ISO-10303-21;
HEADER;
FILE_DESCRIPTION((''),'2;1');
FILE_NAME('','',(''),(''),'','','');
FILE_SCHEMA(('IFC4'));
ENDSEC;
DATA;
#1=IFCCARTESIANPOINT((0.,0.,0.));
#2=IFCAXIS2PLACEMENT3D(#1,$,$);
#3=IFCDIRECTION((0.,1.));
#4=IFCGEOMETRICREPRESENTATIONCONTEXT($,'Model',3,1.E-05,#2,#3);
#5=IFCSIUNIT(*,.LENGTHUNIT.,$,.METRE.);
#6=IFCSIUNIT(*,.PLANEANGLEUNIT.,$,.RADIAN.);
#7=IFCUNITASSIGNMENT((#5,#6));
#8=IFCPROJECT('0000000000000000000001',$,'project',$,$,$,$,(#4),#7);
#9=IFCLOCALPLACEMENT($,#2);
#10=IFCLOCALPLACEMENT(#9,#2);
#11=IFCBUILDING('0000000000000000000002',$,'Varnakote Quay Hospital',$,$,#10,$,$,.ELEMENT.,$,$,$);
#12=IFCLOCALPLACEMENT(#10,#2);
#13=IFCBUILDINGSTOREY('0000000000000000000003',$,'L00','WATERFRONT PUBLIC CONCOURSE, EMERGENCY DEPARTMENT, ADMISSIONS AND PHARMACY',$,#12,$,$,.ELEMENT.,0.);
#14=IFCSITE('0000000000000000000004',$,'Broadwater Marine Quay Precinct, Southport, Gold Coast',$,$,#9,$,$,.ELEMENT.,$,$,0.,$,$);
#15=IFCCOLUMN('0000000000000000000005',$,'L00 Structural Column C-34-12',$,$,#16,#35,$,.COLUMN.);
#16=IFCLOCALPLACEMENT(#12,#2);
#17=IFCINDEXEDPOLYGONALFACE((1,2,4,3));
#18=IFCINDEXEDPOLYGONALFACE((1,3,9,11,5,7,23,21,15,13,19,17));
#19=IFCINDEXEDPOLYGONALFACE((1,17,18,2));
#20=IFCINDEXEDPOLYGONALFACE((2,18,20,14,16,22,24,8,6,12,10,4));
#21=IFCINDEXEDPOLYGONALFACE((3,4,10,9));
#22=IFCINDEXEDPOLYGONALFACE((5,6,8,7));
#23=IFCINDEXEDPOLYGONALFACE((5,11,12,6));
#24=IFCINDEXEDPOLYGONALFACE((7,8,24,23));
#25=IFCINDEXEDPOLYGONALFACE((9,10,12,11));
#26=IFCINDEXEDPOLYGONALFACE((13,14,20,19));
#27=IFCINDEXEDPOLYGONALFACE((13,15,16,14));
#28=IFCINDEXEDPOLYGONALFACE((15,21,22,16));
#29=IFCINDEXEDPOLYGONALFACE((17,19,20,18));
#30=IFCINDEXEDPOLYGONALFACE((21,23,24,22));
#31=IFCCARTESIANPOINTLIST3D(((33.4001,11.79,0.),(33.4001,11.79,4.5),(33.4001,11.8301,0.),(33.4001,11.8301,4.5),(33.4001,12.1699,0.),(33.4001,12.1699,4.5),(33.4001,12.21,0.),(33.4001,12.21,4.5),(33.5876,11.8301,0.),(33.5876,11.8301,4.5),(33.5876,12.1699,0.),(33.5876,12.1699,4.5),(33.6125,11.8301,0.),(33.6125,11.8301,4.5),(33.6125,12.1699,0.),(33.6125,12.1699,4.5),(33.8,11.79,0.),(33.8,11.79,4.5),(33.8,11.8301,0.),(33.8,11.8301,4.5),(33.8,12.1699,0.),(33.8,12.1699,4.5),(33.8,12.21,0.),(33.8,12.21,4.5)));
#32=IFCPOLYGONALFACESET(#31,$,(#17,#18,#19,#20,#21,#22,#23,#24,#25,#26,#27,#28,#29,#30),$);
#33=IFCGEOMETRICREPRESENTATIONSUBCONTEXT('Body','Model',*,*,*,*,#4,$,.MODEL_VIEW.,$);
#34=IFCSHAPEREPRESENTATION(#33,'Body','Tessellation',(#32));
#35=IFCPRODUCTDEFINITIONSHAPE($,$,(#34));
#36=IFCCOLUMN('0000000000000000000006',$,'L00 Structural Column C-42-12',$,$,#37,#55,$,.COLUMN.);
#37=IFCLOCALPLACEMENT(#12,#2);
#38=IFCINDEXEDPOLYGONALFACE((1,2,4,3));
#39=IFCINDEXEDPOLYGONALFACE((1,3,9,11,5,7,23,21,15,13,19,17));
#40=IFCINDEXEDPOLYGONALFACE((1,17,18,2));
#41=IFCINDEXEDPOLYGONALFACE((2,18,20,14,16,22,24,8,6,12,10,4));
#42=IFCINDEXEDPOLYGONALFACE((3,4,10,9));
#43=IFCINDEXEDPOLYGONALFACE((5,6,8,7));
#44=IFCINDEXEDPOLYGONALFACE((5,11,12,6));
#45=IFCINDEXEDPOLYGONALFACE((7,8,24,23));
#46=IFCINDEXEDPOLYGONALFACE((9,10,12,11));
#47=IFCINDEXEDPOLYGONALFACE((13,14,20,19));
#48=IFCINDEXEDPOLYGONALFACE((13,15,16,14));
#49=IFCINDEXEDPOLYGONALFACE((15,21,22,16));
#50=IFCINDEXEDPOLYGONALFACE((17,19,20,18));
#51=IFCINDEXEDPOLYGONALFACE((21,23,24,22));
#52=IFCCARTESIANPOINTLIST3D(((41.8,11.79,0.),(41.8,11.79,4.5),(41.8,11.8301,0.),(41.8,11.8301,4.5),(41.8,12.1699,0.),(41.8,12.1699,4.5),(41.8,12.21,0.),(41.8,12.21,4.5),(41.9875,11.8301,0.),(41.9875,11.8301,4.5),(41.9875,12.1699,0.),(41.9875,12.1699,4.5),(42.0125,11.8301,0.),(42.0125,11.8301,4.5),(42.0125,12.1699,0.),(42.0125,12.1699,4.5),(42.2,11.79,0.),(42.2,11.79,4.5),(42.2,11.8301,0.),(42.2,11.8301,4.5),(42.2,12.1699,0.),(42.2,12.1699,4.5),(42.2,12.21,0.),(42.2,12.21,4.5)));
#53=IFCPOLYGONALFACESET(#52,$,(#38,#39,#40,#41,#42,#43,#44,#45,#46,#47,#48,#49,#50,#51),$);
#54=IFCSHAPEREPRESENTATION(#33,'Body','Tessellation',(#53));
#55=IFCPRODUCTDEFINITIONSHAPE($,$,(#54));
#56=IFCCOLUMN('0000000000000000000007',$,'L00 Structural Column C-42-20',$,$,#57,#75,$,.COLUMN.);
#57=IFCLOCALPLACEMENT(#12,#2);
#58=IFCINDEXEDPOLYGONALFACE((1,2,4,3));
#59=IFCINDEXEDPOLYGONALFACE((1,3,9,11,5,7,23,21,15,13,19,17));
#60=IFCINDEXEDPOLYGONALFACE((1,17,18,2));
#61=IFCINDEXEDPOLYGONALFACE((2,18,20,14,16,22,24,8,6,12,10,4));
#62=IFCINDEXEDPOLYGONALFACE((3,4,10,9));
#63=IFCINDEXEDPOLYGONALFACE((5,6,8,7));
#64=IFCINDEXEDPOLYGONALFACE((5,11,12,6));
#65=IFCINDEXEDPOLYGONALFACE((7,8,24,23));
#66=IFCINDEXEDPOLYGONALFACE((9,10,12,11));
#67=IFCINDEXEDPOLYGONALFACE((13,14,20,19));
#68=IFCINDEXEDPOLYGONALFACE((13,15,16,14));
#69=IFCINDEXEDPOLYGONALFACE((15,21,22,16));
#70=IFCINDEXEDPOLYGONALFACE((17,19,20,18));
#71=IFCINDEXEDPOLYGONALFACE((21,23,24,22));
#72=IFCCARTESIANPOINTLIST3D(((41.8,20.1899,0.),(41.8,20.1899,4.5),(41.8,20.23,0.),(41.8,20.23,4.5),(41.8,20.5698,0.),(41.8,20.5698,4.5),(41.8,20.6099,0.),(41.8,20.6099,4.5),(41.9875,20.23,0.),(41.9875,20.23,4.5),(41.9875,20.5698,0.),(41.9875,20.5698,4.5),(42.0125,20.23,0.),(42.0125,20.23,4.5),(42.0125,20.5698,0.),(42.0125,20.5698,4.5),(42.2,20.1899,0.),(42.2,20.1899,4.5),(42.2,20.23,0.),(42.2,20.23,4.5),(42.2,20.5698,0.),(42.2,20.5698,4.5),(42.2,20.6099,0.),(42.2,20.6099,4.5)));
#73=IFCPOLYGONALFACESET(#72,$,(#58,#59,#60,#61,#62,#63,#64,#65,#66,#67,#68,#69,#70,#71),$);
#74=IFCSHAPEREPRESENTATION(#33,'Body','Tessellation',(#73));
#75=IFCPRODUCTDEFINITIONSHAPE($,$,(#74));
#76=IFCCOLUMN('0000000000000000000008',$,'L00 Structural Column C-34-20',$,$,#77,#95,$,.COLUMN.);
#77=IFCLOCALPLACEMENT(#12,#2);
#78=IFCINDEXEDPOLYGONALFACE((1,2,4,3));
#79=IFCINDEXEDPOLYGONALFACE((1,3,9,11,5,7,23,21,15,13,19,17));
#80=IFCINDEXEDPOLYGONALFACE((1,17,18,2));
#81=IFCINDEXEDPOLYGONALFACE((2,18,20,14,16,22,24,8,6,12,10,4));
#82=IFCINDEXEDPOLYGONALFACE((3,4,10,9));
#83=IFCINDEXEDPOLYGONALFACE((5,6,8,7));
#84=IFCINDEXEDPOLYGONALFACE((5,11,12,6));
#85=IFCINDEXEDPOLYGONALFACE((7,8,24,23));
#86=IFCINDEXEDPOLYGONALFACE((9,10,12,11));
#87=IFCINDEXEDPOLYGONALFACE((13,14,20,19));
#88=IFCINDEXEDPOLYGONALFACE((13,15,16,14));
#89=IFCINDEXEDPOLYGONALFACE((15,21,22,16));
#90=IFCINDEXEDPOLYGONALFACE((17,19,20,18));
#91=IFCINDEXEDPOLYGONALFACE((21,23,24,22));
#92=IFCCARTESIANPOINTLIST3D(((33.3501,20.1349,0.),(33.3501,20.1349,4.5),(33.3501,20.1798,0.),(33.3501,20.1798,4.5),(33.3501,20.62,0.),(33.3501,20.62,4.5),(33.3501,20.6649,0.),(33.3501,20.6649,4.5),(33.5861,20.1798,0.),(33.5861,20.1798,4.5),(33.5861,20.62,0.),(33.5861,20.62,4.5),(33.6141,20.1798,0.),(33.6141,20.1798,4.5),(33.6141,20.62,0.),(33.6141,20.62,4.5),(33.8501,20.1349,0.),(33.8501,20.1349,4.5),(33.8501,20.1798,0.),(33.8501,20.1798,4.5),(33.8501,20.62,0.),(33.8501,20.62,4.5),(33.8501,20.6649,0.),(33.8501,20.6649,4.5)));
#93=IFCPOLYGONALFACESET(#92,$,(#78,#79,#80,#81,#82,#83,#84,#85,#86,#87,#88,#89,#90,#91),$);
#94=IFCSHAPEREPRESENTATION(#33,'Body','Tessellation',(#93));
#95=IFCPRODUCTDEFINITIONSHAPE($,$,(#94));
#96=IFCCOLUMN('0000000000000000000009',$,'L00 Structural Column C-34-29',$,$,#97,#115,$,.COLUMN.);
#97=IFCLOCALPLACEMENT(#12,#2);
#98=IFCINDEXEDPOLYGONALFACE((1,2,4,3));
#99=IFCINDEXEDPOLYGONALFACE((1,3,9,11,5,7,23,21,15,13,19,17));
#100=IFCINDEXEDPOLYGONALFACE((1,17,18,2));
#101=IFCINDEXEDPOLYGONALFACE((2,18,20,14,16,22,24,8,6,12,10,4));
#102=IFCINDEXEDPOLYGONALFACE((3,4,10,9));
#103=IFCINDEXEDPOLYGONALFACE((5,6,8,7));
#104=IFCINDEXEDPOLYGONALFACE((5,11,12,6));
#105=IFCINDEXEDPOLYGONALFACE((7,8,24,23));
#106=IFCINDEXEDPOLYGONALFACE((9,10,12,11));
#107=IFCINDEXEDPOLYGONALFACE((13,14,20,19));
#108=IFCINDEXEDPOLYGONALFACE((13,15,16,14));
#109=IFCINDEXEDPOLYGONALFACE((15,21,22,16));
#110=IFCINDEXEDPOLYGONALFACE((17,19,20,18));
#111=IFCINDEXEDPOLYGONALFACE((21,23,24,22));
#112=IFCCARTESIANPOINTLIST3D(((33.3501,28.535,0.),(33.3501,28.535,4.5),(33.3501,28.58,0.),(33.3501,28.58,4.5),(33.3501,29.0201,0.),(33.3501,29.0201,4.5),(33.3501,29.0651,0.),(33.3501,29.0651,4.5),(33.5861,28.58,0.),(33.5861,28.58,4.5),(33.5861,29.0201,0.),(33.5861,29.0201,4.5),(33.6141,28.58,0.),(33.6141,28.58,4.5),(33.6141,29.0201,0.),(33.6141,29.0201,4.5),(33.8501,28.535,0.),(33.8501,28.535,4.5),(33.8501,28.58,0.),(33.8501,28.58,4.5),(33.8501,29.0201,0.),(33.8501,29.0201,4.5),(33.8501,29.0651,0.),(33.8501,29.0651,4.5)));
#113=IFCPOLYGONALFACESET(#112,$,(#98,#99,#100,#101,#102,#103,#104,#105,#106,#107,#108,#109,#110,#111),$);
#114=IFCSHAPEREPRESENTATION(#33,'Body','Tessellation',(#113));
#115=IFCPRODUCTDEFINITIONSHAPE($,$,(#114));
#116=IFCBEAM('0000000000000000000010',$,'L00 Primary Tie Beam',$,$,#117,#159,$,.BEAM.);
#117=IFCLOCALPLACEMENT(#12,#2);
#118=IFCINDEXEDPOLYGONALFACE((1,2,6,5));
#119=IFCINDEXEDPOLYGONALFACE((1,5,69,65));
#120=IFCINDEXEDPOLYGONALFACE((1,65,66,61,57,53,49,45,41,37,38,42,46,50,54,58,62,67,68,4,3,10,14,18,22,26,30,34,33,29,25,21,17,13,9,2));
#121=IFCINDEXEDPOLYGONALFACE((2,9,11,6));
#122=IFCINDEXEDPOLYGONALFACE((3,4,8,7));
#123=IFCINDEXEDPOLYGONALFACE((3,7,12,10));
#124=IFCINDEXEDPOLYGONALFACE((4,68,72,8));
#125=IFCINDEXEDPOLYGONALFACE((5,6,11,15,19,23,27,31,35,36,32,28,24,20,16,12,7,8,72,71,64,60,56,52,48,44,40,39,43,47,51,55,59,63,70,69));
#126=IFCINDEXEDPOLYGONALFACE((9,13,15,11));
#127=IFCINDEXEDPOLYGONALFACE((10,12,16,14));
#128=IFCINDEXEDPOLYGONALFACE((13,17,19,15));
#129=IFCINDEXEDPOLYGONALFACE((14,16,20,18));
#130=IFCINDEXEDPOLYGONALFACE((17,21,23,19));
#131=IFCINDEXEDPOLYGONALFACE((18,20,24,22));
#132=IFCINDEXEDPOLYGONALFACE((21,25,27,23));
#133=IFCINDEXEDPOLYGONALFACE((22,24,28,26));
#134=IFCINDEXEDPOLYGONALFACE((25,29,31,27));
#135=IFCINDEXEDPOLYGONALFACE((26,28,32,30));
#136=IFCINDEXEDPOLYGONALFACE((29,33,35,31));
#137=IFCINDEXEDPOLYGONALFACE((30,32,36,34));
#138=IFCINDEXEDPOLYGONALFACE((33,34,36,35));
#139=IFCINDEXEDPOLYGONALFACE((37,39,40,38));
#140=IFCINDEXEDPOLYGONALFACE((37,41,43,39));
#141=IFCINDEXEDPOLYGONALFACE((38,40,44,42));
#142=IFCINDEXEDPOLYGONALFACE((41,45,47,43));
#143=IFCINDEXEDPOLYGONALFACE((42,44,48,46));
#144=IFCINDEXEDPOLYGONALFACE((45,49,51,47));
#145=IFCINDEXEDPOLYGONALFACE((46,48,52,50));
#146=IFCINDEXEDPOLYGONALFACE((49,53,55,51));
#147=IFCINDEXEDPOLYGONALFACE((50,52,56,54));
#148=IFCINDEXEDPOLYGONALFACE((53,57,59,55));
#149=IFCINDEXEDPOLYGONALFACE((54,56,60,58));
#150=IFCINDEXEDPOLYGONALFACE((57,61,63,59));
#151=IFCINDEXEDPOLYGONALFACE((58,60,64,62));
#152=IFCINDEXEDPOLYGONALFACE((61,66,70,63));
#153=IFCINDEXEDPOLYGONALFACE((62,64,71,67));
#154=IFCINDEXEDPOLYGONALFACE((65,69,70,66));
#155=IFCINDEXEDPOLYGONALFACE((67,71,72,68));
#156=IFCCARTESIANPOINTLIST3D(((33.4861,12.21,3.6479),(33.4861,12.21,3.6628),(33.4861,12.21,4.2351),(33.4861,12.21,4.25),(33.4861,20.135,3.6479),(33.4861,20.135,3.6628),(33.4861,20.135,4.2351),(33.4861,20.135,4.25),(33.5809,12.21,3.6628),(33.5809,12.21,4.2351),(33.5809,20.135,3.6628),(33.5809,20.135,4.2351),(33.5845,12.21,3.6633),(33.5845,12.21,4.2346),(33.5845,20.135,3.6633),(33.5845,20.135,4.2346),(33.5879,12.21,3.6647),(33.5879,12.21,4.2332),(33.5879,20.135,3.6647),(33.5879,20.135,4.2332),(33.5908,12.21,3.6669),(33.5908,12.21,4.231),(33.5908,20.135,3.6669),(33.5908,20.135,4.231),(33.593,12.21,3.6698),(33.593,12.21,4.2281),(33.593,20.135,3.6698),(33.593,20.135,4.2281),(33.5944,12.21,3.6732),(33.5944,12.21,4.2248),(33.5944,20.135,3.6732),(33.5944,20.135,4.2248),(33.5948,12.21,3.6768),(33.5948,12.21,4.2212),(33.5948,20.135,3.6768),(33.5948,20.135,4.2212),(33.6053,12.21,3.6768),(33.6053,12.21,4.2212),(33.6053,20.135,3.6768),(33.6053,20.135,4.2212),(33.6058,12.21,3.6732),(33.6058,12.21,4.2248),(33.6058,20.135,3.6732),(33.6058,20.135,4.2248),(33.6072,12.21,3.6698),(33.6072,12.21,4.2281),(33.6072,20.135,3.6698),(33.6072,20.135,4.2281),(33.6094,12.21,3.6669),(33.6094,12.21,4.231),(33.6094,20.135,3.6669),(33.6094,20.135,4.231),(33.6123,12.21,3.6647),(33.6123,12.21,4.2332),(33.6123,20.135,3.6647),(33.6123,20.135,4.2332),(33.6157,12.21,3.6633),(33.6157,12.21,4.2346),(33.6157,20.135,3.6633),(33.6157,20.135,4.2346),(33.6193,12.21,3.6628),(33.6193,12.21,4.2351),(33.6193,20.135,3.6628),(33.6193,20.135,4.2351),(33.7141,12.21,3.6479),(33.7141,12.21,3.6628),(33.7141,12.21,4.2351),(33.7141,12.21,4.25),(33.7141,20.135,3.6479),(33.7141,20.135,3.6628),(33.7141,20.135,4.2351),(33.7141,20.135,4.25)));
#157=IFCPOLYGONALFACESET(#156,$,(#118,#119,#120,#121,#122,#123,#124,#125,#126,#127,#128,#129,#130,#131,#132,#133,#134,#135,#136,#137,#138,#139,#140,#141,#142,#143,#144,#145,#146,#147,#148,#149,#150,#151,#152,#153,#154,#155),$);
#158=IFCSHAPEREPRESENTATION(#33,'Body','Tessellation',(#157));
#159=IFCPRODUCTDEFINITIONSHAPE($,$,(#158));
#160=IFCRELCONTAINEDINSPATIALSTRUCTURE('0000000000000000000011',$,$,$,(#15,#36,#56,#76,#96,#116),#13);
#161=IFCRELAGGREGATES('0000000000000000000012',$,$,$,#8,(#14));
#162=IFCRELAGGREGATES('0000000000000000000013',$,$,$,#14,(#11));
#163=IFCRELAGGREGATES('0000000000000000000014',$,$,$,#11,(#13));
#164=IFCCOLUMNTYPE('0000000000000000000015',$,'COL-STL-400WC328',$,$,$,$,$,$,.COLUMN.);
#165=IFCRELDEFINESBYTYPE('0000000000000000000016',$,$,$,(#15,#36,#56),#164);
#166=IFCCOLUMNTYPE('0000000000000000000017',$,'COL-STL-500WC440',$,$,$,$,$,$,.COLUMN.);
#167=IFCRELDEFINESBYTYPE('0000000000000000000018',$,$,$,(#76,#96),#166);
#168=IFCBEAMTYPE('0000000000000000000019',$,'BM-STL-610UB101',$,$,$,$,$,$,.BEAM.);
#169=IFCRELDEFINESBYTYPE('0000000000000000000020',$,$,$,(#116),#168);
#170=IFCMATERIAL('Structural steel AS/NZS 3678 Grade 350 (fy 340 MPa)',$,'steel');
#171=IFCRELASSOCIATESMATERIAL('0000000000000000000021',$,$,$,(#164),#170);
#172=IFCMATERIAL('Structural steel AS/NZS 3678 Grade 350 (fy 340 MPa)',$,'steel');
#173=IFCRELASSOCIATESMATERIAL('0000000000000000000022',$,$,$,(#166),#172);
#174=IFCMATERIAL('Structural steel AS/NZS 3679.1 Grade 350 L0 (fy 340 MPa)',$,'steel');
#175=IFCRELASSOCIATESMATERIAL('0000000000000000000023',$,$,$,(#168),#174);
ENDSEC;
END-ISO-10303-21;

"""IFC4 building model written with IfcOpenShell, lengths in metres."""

from ifc_helpers import new_model, si_unit, direction, frame, origin, origin_2d, place, context, subcontext, project, spatial, i_section, extrude, material, material_profile, profile_set, type_object, element, save


model = new_model("IFC4")

# Units and contexts
model_context = context("Model", 3, precision=1e-05, world=origin(), true_north=direction((0.0, 1.0)))
body_context = subcontext(model_context, "Body", "Model", "MODEL_VIEW")
ifc_project = project(units=[si_unit("LENGTHUNIT", "METRE"), si_unit("PLANEANGLEUNIT", "RADIAN")], contexts=[model_context])

# Site, building, storey
site_placement = place(None, origin())
site = spatial("IfcSite", under=ifc_project, at=site_placement, Name="Broadwater Marine Quay Precinct, Southport, Gold Coast", CompositionType="ELEMENT", RefElevation=0.0)
building_placement = place(site_placement, origin())
building = spatial("IfcBuilding", under=site, at=building_placement, Name="Varnakote Quay Hospital", CompositionType="ELEMENT")
storey_placement = place(building_placement, origin())
storey = spatial("IfcBuildingStorey", under=building, at=storey_placement, Name="L00", Description="WATERFRONT PUBLIC CONCOURSE, EMERGENCY DEPARTMENT, ADMISSIONS AND PHARMACY", CompositionType="ELEMENT", Elevation=0.0)

# Columns
ifc_material_1 = material(Name="Structural steel AS/NZS 3678 Grade 350 (fy 340 MPa)", Category="steel")
ifc_material_profile_1 = material_profile(ifc_material_1, i_section(OverallWidth=0.3999, OverallDepth=0.4199, WebThickness=0.0249, FlangeThickness=0.04, at=origin_2d()), Name="400WC328")
ifc_profile_set_1 = profile_set([ifc_material_profile_1], Name="Structural steel AS/NZS 3678 Grade 350 (fy 340 MPa)")
column_type_1 = type_object("IfcColumnType", Name="COL-STL-400WC328", PredefinedType="COLUMN", material=ifc_profile_set_1)
for number, where, z_axis, x_axis, name in (
    (1, (33.6001, 12.0, 0.0), (0.0, 0.0, 1.0), (1.0, 0.0, 0.0), "L00 Structural Column C-34-12"),
    (2, (42.0, 12.0, 0.0), (0.0, 0.0, 1.0), (1.0, 0.0, 0.0), "L00 Structural Column C-42-12"),
    (3, (42.0, 20.3999, 0.0), (0.0, 0.0, 1.0), (1.0, 0.0, 0.0), "L00 Structural Column C-42-20"),
):
    element("IfcColumn", number, at=place(storey_placement, frame(where, z_axis=z_axis, x_axis=x_axis)), inside=storey, type_object=column_type_1, Name=name, PredefinedType="COLUMN", context=body_context, shape_type="SweptSolid", body=[
        extrude(i_section(OverallWidth=0.3999, OverallDepth=0.4199, WebThickness=0.0249, FlangeThickness=0.04, at=origin_2d()), origin(), (0.0, 0.0, 1.0), 4.5),
    ])
ifc_material_2 = material(Name="Structural steel AS/NZS 3678 Grade 350 (fy 340 MPa)", Category="steel")
ifc_material_profile_2 = material_profile(ifc_material_2, i_section(OverallWidth=0.5, OverallDepth=0.53, WebThickness=0.0281, FlangeThickness=0.0449, at=origin_2d()), Name="500WC440")
ifc_profile_set_2 = profile_set([ifc_material_profile_2], Name="Structural steel AS/NZS 3678 Grade 350 (fy 340 MPa)")
column_type_2 = type_object("IfcColumnType", Name="COL-STL-500WC440", PredefinedType="COLUMN", material=ifc_profile_set_2)
for number, where, z_axis, x_axis, name in (
    (4, (33.6001, 20.3999, 0.0), (0.0, 0.0, 1.0), (1.0, 0.0, 0.0), "L00 Structural Column C-34-20"),
    (5, (33.6001, 28.8, 0.0), (0.0, 0.0, 1.0), (1.0, 0.0, 0.0), "L00 Structural Column C-34-29"),
):
    element("IfcColumn", number, at=place(storey_placement, frame(where, z_axis=z_axis, x_axis=x_axis)), inside=storey, type_object=column_type_2, Name=name, PredefinedType="COLUMN", context=body_context, shape_type="SweptSolid", body=[
        extrude(i_section(OverallWidth=0.5, OverallDepth=0.53, WebThickness=0.0281, FlangeThickness=0.0449, at=origin_2d()), origin(), (0.0, 0.0, 1.0), 4.5),
    ])

# Beam
ifc_material_3 = material(Name="Structural steel AS/NZS 3679.1 Grade 350 L0 (fy 340 MPa)", Category="steel")
ifc_material_profile_3 = material_profile(ifc_material_3, i_section(OverallWidth=0.228, OverallDepth=0.6021, WebThickness=0.0105, FlangeThickness=0.0149, FilletRadius=0.0139, at=origin_2d()), Name="610UB101")
ifc_profile_set_3 = profile_set([ifc_material_profile_3], Name="Structural steel AS/NZS 3679.1 Grade 350 L0 (fy 340 MPa)")
beam_type_1 = type_object("IfcBeamType", Name="BM-STL-610UB101", PredefinedType="BEAM", material=ifc_profile_set_3)
beam_1_placement = place(storey_placement, frame((33.6001, 12.21, 3.949), z_axis=(0.0, 1.0, 0.0), x_axis=(-1.0, 0.0, 0.0)))
element("IfcBeam", 6, at=beam_1_placement, inside=storey, type_object=beam_type_1, Name="L00 Primary Tie Beam", PredefinedType="BEAM", context=body_context, shape_type="SweptSolid", body=[
    extrude(i_section(OverallWidth=0.228, OverallDepth=0.6021, WebThickness=0.0105, FlangeThickness=0.0149, FilletRadius=0.0139, at=origin_2d()), origin(), (0.0, 0.0, 1.0), 7.925),
])

save(model, "model.ifc")
